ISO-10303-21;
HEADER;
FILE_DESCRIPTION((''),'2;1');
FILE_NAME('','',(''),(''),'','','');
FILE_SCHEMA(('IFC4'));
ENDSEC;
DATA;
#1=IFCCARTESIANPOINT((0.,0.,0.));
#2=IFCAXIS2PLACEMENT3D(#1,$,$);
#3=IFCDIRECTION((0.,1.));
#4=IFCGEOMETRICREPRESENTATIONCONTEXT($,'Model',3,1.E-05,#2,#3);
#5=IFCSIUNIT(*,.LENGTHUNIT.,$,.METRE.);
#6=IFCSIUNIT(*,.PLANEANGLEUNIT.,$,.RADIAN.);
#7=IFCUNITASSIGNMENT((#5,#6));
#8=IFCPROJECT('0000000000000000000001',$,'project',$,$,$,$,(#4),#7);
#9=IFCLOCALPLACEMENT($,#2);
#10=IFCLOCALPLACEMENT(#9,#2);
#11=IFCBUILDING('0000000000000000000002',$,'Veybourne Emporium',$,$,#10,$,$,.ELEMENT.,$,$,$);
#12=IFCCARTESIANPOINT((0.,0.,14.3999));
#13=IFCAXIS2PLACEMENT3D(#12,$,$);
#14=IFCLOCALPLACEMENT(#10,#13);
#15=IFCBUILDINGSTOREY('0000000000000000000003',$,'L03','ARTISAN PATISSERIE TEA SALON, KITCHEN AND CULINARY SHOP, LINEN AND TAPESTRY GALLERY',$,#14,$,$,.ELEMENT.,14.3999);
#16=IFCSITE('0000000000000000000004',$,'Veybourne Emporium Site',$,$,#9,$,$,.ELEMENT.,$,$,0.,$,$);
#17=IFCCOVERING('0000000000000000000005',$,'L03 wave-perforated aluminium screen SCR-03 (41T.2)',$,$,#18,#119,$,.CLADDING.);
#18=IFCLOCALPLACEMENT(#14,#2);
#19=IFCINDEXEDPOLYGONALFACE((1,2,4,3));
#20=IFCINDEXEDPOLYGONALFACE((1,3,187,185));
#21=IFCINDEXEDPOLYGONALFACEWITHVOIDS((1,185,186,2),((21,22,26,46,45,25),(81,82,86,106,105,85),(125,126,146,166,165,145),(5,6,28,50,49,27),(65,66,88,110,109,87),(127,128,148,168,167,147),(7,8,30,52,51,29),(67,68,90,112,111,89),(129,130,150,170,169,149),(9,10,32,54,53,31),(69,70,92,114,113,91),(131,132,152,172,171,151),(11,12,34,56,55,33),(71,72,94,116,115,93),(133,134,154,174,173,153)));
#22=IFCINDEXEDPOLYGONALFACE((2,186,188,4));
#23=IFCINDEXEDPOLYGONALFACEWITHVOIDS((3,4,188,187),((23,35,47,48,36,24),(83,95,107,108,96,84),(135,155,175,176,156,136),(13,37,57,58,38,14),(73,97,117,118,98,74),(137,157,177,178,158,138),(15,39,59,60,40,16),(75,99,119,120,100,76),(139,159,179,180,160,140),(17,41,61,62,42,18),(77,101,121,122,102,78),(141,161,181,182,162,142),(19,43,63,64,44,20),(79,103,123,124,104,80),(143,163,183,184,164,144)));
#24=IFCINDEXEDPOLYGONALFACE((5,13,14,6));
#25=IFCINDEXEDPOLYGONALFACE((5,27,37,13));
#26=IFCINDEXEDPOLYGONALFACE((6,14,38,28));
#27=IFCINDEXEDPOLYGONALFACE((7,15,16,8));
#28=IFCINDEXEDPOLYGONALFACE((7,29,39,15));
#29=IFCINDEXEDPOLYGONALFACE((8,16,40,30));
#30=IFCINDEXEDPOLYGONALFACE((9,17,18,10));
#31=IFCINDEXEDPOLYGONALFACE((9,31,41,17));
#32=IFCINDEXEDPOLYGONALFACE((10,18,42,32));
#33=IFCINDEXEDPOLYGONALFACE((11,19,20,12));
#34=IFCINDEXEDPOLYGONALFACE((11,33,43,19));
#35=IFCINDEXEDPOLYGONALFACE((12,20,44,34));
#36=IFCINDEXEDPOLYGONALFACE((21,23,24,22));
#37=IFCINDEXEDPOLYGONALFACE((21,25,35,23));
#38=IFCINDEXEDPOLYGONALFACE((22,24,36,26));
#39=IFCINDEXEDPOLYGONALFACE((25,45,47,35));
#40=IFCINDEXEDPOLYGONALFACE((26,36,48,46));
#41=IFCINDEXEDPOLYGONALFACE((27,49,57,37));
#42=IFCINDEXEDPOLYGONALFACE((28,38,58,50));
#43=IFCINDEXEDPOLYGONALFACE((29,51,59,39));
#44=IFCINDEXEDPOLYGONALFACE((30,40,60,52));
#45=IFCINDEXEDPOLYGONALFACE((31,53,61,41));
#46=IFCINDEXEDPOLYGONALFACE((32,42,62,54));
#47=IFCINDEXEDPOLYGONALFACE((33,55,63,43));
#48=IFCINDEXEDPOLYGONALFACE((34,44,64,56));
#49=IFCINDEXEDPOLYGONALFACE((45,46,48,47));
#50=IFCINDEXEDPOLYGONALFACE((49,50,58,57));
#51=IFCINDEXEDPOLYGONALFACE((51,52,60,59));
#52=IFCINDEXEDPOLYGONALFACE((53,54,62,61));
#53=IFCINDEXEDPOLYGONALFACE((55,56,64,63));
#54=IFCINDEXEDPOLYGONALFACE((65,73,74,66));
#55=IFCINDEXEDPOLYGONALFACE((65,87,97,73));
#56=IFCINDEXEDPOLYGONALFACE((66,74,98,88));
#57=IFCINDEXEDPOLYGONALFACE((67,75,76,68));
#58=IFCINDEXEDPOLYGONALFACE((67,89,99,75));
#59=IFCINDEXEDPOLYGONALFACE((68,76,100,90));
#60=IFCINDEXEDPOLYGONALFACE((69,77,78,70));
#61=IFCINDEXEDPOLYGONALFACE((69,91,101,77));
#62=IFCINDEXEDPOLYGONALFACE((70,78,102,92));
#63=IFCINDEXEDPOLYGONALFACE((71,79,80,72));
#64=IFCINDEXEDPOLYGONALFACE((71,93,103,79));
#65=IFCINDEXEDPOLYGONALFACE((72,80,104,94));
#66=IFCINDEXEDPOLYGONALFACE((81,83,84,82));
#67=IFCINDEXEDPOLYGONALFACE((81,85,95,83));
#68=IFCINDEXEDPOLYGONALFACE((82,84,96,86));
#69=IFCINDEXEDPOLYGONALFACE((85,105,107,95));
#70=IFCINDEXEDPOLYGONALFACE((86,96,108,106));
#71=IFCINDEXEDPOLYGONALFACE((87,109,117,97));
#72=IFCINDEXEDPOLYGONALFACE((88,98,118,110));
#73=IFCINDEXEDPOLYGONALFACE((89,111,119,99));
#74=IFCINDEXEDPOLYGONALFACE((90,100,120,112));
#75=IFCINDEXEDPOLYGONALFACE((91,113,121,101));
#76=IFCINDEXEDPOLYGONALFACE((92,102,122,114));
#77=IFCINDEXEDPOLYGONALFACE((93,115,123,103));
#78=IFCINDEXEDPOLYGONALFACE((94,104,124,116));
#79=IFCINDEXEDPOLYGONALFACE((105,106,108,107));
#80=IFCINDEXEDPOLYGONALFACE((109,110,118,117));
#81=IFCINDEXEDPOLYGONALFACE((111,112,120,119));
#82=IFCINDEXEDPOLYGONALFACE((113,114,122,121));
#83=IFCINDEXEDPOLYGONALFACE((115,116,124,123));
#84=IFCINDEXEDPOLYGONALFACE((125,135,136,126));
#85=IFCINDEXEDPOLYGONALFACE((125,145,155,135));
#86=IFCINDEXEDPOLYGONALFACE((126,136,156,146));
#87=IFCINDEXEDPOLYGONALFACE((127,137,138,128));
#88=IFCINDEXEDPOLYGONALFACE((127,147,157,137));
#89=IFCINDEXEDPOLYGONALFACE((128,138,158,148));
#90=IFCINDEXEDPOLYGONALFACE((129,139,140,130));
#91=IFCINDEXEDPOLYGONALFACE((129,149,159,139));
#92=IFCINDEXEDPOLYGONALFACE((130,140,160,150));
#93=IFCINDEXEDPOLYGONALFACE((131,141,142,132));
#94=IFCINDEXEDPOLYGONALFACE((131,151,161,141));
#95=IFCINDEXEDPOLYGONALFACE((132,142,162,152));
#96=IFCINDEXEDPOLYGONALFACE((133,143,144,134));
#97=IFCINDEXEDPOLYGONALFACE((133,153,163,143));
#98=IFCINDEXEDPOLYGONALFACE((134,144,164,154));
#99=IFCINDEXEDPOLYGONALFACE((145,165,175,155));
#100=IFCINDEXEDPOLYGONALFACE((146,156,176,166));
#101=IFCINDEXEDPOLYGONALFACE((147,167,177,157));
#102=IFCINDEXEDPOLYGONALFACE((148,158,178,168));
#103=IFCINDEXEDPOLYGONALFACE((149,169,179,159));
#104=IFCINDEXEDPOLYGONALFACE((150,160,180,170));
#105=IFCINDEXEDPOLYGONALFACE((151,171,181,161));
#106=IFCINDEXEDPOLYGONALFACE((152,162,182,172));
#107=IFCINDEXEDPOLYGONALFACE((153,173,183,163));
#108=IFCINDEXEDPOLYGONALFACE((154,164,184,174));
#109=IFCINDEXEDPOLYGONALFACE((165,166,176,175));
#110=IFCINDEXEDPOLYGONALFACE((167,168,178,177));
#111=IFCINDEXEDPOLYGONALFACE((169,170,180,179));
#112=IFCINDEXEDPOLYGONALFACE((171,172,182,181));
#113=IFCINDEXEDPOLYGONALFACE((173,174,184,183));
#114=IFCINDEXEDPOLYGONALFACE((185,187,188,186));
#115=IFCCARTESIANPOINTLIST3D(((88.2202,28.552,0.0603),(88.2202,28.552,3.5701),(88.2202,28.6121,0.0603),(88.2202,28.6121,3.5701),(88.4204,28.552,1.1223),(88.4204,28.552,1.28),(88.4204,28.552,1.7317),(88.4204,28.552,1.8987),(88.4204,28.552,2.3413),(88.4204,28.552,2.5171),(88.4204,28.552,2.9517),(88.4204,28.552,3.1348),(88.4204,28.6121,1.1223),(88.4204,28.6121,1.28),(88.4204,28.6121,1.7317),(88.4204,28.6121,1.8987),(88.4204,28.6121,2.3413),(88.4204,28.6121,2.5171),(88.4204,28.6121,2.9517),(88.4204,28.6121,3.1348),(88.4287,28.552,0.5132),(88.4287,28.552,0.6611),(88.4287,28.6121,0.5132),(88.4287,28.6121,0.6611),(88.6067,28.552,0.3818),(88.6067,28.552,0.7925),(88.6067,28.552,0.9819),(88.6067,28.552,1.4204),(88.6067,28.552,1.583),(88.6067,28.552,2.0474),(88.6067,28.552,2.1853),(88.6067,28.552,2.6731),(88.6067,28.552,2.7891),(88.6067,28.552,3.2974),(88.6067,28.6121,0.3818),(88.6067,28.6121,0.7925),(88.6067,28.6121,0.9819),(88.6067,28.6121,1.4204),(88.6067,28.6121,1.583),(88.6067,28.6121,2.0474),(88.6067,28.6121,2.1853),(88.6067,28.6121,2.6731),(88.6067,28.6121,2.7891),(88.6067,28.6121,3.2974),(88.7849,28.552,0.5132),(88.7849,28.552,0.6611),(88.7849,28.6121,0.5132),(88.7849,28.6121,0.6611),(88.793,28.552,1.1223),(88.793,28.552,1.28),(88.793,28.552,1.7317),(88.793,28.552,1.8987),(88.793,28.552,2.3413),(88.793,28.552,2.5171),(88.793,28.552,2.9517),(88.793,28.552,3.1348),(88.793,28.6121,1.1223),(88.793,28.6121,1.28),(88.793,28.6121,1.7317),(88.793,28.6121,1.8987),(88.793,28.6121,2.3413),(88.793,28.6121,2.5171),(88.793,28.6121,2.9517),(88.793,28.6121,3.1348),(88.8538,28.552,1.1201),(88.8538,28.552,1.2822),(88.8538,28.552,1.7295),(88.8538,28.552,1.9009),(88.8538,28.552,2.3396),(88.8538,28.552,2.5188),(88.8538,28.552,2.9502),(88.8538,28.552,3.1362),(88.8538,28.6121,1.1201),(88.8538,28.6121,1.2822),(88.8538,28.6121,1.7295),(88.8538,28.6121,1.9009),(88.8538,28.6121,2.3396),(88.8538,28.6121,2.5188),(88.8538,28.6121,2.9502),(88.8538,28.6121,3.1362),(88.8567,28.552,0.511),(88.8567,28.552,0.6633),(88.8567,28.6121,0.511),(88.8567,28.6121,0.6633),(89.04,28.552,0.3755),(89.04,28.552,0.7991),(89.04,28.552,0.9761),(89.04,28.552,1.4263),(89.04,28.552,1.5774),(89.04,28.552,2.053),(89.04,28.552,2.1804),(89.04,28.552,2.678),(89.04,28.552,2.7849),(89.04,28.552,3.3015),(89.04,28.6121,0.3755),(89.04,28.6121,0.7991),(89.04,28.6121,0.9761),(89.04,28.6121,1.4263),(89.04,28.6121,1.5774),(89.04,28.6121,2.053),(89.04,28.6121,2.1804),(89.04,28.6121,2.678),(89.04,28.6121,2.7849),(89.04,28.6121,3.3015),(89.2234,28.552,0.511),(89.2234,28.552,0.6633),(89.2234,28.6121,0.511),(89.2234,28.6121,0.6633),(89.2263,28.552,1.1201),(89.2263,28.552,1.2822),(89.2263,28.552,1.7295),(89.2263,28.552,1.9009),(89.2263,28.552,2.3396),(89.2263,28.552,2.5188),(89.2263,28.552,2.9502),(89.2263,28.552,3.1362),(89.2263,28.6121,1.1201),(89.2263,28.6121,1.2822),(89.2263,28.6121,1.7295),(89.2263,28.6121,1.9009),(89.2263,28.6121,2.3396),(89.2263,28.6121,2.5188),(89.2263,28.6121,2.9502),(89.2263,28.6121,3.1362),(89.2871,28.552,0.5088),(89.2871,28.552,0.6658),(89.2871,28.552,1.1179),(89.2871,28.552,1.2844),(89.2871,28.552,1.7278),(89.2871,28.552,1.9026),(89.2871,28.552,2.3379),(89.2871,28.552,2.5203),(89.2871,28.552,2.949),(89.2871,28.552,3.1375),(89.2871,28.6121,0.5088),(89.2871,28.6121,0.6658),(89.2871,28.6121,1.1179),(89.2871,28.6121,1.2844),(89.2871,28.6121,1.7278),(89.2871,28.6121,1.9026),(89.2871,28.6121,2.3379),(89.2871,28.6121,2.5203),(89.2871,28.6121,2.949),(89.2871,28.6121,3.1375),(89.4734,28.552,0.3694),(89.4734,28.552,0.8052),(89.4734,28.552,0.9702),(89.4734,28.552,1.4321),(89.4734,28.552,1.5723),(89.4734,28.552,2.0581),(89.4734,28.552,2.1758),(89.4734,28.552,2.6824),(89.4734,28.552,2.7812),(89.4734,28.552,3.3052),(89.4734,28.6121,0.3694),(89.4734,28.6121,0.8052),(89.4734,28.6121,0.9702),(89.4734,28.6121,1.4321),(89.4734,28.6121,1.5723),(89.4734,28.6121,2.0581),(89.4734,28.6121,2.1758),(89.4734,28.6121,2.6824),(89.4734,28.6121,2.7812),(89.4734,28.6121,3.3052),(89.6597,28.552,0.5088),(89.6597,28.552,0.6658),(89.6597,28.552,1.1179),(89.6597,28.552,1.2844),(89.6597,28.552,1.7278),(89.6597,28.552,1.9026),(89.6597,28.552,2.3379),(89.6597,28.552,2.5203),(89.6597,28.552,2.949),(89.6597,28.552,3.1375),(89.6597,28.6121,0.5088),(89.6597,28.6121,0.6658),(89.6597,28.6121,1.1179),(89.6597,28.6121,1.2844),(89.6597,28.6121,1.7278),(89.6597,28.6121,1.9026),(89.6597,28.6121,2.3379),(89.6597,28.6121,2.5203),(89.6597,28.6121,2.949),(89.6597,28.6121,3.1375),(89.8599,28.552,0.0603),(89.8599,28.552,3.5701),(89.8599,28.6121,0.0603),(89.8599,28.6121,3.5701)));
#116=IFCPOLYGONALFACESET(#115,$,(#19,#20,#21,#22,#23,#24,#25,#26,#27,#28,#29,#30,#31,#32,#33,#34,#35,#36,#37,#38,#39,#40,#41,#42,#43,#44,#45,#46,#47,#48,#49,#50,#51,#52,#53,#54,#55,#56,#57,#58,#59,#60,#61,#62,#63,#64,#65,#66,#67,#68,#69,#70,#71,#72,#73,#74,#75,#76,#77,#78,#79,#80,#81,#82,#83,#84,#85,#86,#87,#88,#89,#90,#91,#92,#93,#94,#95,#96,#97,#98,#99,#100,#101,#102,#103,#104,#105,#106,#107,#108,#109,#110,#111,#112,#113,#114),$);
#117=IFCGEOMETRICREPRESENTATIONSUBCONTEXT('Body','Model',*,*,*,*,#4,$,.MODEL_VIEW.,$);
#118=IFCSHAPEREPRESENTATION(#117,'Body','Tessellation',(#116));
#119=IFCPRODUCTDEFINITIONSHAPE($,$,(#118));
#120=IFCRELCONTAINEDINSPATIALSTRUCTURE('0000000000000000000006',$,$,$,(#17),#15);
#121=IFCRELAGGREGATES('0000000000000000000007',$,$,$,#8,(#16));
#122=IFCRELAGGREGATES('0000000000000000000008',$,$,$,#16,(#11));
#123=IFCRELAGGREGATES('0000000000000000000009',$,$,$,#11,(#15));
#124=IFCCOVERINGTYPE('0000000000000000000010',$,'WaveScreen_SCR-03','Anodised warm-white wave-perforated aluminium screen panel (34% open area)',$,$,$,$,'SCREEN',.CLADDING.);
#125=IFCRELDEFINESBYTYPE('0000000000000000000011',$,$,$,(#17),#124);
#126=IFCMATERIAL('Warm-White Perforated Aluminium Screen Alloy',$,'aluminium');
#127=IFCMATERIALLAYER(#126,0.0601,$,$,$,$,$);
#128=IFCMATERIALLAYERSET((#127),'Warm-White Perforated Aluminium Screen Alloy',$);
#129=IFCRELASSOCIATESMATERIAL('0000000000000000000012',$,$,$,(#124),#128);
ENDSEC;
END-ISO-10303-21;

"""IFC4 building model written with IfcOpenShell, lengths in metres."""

from ifc_helpers import new_model, si_unit, direction, frame, origin, place, context, subcontext, project, spatial, polyline, outline, extrude, material, layer, layer_set, type_object, element, save


model = new_model("IFC4")

# Units and contexts
model_context = context("Model", 3, precision=1e-05, world=origin(), true_north=direction((0.0, 1.0)))
body_context = subcontext(model_context, "Body", "Model", "MODEL_VIEW")
ifc_project = project(units=[si_unit("LENGTHUNIT", "METRE"), si_unit("PLANEANGLEUNIT", "RADIAN")], contexts=[model_context])

# Site, building, storey
site_placement = place(None, origin())
site = spatial("IfcSite", under=ifc_project, at=site_placement, Name="Veybourne Emporium Site", CompositionType="ELEMENT", RefElevation=0.0)
building_placement = place(site_placement, origin())
building = spatial("IfcBuilding", under=site, at=building_placement, Name="Veybourne Emporium", CompositionType="ELEMENT")
storey_placement = place(building_placement, frame((0.0, 0.0, 14.3999)))
storey = spatial("IfcBuildingStorey", under=building, at=storey_placement, Name="L03", Description="ARTISAN PATISSERIE TEA SALON, KITCHEN AND CULINARY SHOP, LINEN AND TAPESTRY GALLERY", CompositionType="ELEMENT", Elevation=14.3999)

# Covering
ifc_material_1 = material(Name="Warm-White Perforated Aluminium Screen Alloy", Category="aluminium")
ifc_layer_1 = layer(ifc_material_1, 0.0601)
ifc_layer_set_1 = layer_set([ifc_layer_1], Name="Warm-White Perforated Aluminium Screen Alloy")
covering_type_1 = type_object("IfcCoveringType", Name="WaveScreen_SCR-03", Description="Anodised warm-white wave-perforated aluminium screen panel (34% open area)", ElementType="SCREEN", PredefinedType="CLADDING", material=ifc_layer_set_1)
covering_1_placement = place(storey_placement, frame((89.04, 28.552, 1.8152), z_axis=(0.0, 1.0, 0.0), x_axis=(-1.0, 0.0, 0.0)))
element("IfcCovering", 1, at=covering_1_placement, inside=storey, type_object=covering_type_1, Name="L03 wave-perforated aluminium screen SCR-03 (41T.2)", PredefinedType="CLADDING", context=body_context, shape_type="SweptSolid", body=[
    extrude(outline(polyline([(-0.8198, -1.7549), (0.8198, -1.7549), (0.8198, 1.7549), (-0.8198, 1.7549), (-0.8198, -1.7549)]), holes=[polyline([(-0.4333, -1.01), (-0.2471, -1.1494), (-0.2471, -1.3064), (-0.4333, -1.4458), (-0.6196, -1.3064), (-0.6196, -1.1494), (-0.4333, -1.01)]), polyline([(-0.4333, -0.3831), (-0.2471, -0.5308), (-0.2471, -0.6973), (-0.4333, -0.845), (-0.6196, -0.6973), (-0.6196, -0.5308), (-0.4333, -0.3831)]), polyline([(-0.4333, 0.2429), (-0.2471, 0.0874), (-0.2471, -0.0874), (-0.4333, -0.2429), (-0.6196, -0.0874), (-0.6196, 0.0874), (-0.4333, 0.2429)]), polyline([(-0.4333, 0.8672), (-0.2471, 0.7051), (-0.2471, 0.5227), (-0.4333, 0.3606), (-0.6196, 0.5227), (-0.6196, 0.7051), (-0.4333, 0.8672)]), polyline([(-0.4333, 1.49), (-0.2471, 1.3223), (-0.2471, 1.1338), (-0.4333, 0.9661), (-0.6196, 1.1338), (-0.6196, 1.3223), (-0.4333, 1.49)]), polyline([(0.0, -1.0161), (0.1833, -1.1519), (0.1833, -1.3042), (0.0, -1.4397), (-0.1833, -1.3042), (-0.1833, -1.1519), (0.0, -1.0161)]), polyline([(0.0, -0.3889), (0.1863, -0.533), (0.1863, -0.6951), (0.0, -0.8391), (-0.1863, -0.6951), (-0.1863, -0.533), (0.0, -0.3889)]), polyline([(0.0, 0.2378), (0.1863, 0.0857), (0.1863, -0.0857), (0.0, -0.2378), (-0.1863, -0.0857), (-0.1863, 0.0857), (0.0, 0.2378)]), polyline([(0.0, 0.8628), (0.1863, 0.7036), (0.1863, 0.5244), (0.0, 0.3652), (-0.1863, 0.5244), (-0.1863, 0.7036), (0.0, 0.8628)]), polyline([(0.0, 1.4863), (0.1863, 1.321), (0.1863, 1.135), (0.0, 0.9697), (-0.1863, 1.135), (-0.1863, 1.321), (0.0, 1.4863)]), polyline([(0.4333, -1.0227), (0.6113, -1.1541), (0.6113, -1.302), (0.4333, -1.4333), (0.2551, -1.302), (0.2551, -1.1541), (0.4333, -1.0227)]), polyline([(0.4333, -0.3948), (0.6196, -0.5352), (0.6196, -0.6929), (0.4333, -0.8333), (0.2471, -0.6929), (0.2471, -0.5352), (0.4333, -0.3948)]), polyline([(0.4333, 0.2322), (0.6196, 0.0835), (0.6196, -0.0835), (0.4333, -0.2322), (0.2471, -0.0835), (0.2471, 0.0835), (0.4333, 0.2322)]), polyline([(0.4333, 0.8579), (0.6196, 0.7019), (0.6196, 0.5261), (0.4333, 0.3701), (0.2471, 0.5261), (0.2471, 0.7019), (0.4333, 0.8579)]), polyline([(0.4333, 1.4822), (0.6196, 1.3196), (0.6196, 1.1365), (0.4333, 0.9739), (0.2471, 1.1365), (0.2471, 1.3196), (0.4333, 1.4822)])]), origin(), (0.0, 0.0, 1.0), 0.0601),
])

save(model, "model.ifc")
